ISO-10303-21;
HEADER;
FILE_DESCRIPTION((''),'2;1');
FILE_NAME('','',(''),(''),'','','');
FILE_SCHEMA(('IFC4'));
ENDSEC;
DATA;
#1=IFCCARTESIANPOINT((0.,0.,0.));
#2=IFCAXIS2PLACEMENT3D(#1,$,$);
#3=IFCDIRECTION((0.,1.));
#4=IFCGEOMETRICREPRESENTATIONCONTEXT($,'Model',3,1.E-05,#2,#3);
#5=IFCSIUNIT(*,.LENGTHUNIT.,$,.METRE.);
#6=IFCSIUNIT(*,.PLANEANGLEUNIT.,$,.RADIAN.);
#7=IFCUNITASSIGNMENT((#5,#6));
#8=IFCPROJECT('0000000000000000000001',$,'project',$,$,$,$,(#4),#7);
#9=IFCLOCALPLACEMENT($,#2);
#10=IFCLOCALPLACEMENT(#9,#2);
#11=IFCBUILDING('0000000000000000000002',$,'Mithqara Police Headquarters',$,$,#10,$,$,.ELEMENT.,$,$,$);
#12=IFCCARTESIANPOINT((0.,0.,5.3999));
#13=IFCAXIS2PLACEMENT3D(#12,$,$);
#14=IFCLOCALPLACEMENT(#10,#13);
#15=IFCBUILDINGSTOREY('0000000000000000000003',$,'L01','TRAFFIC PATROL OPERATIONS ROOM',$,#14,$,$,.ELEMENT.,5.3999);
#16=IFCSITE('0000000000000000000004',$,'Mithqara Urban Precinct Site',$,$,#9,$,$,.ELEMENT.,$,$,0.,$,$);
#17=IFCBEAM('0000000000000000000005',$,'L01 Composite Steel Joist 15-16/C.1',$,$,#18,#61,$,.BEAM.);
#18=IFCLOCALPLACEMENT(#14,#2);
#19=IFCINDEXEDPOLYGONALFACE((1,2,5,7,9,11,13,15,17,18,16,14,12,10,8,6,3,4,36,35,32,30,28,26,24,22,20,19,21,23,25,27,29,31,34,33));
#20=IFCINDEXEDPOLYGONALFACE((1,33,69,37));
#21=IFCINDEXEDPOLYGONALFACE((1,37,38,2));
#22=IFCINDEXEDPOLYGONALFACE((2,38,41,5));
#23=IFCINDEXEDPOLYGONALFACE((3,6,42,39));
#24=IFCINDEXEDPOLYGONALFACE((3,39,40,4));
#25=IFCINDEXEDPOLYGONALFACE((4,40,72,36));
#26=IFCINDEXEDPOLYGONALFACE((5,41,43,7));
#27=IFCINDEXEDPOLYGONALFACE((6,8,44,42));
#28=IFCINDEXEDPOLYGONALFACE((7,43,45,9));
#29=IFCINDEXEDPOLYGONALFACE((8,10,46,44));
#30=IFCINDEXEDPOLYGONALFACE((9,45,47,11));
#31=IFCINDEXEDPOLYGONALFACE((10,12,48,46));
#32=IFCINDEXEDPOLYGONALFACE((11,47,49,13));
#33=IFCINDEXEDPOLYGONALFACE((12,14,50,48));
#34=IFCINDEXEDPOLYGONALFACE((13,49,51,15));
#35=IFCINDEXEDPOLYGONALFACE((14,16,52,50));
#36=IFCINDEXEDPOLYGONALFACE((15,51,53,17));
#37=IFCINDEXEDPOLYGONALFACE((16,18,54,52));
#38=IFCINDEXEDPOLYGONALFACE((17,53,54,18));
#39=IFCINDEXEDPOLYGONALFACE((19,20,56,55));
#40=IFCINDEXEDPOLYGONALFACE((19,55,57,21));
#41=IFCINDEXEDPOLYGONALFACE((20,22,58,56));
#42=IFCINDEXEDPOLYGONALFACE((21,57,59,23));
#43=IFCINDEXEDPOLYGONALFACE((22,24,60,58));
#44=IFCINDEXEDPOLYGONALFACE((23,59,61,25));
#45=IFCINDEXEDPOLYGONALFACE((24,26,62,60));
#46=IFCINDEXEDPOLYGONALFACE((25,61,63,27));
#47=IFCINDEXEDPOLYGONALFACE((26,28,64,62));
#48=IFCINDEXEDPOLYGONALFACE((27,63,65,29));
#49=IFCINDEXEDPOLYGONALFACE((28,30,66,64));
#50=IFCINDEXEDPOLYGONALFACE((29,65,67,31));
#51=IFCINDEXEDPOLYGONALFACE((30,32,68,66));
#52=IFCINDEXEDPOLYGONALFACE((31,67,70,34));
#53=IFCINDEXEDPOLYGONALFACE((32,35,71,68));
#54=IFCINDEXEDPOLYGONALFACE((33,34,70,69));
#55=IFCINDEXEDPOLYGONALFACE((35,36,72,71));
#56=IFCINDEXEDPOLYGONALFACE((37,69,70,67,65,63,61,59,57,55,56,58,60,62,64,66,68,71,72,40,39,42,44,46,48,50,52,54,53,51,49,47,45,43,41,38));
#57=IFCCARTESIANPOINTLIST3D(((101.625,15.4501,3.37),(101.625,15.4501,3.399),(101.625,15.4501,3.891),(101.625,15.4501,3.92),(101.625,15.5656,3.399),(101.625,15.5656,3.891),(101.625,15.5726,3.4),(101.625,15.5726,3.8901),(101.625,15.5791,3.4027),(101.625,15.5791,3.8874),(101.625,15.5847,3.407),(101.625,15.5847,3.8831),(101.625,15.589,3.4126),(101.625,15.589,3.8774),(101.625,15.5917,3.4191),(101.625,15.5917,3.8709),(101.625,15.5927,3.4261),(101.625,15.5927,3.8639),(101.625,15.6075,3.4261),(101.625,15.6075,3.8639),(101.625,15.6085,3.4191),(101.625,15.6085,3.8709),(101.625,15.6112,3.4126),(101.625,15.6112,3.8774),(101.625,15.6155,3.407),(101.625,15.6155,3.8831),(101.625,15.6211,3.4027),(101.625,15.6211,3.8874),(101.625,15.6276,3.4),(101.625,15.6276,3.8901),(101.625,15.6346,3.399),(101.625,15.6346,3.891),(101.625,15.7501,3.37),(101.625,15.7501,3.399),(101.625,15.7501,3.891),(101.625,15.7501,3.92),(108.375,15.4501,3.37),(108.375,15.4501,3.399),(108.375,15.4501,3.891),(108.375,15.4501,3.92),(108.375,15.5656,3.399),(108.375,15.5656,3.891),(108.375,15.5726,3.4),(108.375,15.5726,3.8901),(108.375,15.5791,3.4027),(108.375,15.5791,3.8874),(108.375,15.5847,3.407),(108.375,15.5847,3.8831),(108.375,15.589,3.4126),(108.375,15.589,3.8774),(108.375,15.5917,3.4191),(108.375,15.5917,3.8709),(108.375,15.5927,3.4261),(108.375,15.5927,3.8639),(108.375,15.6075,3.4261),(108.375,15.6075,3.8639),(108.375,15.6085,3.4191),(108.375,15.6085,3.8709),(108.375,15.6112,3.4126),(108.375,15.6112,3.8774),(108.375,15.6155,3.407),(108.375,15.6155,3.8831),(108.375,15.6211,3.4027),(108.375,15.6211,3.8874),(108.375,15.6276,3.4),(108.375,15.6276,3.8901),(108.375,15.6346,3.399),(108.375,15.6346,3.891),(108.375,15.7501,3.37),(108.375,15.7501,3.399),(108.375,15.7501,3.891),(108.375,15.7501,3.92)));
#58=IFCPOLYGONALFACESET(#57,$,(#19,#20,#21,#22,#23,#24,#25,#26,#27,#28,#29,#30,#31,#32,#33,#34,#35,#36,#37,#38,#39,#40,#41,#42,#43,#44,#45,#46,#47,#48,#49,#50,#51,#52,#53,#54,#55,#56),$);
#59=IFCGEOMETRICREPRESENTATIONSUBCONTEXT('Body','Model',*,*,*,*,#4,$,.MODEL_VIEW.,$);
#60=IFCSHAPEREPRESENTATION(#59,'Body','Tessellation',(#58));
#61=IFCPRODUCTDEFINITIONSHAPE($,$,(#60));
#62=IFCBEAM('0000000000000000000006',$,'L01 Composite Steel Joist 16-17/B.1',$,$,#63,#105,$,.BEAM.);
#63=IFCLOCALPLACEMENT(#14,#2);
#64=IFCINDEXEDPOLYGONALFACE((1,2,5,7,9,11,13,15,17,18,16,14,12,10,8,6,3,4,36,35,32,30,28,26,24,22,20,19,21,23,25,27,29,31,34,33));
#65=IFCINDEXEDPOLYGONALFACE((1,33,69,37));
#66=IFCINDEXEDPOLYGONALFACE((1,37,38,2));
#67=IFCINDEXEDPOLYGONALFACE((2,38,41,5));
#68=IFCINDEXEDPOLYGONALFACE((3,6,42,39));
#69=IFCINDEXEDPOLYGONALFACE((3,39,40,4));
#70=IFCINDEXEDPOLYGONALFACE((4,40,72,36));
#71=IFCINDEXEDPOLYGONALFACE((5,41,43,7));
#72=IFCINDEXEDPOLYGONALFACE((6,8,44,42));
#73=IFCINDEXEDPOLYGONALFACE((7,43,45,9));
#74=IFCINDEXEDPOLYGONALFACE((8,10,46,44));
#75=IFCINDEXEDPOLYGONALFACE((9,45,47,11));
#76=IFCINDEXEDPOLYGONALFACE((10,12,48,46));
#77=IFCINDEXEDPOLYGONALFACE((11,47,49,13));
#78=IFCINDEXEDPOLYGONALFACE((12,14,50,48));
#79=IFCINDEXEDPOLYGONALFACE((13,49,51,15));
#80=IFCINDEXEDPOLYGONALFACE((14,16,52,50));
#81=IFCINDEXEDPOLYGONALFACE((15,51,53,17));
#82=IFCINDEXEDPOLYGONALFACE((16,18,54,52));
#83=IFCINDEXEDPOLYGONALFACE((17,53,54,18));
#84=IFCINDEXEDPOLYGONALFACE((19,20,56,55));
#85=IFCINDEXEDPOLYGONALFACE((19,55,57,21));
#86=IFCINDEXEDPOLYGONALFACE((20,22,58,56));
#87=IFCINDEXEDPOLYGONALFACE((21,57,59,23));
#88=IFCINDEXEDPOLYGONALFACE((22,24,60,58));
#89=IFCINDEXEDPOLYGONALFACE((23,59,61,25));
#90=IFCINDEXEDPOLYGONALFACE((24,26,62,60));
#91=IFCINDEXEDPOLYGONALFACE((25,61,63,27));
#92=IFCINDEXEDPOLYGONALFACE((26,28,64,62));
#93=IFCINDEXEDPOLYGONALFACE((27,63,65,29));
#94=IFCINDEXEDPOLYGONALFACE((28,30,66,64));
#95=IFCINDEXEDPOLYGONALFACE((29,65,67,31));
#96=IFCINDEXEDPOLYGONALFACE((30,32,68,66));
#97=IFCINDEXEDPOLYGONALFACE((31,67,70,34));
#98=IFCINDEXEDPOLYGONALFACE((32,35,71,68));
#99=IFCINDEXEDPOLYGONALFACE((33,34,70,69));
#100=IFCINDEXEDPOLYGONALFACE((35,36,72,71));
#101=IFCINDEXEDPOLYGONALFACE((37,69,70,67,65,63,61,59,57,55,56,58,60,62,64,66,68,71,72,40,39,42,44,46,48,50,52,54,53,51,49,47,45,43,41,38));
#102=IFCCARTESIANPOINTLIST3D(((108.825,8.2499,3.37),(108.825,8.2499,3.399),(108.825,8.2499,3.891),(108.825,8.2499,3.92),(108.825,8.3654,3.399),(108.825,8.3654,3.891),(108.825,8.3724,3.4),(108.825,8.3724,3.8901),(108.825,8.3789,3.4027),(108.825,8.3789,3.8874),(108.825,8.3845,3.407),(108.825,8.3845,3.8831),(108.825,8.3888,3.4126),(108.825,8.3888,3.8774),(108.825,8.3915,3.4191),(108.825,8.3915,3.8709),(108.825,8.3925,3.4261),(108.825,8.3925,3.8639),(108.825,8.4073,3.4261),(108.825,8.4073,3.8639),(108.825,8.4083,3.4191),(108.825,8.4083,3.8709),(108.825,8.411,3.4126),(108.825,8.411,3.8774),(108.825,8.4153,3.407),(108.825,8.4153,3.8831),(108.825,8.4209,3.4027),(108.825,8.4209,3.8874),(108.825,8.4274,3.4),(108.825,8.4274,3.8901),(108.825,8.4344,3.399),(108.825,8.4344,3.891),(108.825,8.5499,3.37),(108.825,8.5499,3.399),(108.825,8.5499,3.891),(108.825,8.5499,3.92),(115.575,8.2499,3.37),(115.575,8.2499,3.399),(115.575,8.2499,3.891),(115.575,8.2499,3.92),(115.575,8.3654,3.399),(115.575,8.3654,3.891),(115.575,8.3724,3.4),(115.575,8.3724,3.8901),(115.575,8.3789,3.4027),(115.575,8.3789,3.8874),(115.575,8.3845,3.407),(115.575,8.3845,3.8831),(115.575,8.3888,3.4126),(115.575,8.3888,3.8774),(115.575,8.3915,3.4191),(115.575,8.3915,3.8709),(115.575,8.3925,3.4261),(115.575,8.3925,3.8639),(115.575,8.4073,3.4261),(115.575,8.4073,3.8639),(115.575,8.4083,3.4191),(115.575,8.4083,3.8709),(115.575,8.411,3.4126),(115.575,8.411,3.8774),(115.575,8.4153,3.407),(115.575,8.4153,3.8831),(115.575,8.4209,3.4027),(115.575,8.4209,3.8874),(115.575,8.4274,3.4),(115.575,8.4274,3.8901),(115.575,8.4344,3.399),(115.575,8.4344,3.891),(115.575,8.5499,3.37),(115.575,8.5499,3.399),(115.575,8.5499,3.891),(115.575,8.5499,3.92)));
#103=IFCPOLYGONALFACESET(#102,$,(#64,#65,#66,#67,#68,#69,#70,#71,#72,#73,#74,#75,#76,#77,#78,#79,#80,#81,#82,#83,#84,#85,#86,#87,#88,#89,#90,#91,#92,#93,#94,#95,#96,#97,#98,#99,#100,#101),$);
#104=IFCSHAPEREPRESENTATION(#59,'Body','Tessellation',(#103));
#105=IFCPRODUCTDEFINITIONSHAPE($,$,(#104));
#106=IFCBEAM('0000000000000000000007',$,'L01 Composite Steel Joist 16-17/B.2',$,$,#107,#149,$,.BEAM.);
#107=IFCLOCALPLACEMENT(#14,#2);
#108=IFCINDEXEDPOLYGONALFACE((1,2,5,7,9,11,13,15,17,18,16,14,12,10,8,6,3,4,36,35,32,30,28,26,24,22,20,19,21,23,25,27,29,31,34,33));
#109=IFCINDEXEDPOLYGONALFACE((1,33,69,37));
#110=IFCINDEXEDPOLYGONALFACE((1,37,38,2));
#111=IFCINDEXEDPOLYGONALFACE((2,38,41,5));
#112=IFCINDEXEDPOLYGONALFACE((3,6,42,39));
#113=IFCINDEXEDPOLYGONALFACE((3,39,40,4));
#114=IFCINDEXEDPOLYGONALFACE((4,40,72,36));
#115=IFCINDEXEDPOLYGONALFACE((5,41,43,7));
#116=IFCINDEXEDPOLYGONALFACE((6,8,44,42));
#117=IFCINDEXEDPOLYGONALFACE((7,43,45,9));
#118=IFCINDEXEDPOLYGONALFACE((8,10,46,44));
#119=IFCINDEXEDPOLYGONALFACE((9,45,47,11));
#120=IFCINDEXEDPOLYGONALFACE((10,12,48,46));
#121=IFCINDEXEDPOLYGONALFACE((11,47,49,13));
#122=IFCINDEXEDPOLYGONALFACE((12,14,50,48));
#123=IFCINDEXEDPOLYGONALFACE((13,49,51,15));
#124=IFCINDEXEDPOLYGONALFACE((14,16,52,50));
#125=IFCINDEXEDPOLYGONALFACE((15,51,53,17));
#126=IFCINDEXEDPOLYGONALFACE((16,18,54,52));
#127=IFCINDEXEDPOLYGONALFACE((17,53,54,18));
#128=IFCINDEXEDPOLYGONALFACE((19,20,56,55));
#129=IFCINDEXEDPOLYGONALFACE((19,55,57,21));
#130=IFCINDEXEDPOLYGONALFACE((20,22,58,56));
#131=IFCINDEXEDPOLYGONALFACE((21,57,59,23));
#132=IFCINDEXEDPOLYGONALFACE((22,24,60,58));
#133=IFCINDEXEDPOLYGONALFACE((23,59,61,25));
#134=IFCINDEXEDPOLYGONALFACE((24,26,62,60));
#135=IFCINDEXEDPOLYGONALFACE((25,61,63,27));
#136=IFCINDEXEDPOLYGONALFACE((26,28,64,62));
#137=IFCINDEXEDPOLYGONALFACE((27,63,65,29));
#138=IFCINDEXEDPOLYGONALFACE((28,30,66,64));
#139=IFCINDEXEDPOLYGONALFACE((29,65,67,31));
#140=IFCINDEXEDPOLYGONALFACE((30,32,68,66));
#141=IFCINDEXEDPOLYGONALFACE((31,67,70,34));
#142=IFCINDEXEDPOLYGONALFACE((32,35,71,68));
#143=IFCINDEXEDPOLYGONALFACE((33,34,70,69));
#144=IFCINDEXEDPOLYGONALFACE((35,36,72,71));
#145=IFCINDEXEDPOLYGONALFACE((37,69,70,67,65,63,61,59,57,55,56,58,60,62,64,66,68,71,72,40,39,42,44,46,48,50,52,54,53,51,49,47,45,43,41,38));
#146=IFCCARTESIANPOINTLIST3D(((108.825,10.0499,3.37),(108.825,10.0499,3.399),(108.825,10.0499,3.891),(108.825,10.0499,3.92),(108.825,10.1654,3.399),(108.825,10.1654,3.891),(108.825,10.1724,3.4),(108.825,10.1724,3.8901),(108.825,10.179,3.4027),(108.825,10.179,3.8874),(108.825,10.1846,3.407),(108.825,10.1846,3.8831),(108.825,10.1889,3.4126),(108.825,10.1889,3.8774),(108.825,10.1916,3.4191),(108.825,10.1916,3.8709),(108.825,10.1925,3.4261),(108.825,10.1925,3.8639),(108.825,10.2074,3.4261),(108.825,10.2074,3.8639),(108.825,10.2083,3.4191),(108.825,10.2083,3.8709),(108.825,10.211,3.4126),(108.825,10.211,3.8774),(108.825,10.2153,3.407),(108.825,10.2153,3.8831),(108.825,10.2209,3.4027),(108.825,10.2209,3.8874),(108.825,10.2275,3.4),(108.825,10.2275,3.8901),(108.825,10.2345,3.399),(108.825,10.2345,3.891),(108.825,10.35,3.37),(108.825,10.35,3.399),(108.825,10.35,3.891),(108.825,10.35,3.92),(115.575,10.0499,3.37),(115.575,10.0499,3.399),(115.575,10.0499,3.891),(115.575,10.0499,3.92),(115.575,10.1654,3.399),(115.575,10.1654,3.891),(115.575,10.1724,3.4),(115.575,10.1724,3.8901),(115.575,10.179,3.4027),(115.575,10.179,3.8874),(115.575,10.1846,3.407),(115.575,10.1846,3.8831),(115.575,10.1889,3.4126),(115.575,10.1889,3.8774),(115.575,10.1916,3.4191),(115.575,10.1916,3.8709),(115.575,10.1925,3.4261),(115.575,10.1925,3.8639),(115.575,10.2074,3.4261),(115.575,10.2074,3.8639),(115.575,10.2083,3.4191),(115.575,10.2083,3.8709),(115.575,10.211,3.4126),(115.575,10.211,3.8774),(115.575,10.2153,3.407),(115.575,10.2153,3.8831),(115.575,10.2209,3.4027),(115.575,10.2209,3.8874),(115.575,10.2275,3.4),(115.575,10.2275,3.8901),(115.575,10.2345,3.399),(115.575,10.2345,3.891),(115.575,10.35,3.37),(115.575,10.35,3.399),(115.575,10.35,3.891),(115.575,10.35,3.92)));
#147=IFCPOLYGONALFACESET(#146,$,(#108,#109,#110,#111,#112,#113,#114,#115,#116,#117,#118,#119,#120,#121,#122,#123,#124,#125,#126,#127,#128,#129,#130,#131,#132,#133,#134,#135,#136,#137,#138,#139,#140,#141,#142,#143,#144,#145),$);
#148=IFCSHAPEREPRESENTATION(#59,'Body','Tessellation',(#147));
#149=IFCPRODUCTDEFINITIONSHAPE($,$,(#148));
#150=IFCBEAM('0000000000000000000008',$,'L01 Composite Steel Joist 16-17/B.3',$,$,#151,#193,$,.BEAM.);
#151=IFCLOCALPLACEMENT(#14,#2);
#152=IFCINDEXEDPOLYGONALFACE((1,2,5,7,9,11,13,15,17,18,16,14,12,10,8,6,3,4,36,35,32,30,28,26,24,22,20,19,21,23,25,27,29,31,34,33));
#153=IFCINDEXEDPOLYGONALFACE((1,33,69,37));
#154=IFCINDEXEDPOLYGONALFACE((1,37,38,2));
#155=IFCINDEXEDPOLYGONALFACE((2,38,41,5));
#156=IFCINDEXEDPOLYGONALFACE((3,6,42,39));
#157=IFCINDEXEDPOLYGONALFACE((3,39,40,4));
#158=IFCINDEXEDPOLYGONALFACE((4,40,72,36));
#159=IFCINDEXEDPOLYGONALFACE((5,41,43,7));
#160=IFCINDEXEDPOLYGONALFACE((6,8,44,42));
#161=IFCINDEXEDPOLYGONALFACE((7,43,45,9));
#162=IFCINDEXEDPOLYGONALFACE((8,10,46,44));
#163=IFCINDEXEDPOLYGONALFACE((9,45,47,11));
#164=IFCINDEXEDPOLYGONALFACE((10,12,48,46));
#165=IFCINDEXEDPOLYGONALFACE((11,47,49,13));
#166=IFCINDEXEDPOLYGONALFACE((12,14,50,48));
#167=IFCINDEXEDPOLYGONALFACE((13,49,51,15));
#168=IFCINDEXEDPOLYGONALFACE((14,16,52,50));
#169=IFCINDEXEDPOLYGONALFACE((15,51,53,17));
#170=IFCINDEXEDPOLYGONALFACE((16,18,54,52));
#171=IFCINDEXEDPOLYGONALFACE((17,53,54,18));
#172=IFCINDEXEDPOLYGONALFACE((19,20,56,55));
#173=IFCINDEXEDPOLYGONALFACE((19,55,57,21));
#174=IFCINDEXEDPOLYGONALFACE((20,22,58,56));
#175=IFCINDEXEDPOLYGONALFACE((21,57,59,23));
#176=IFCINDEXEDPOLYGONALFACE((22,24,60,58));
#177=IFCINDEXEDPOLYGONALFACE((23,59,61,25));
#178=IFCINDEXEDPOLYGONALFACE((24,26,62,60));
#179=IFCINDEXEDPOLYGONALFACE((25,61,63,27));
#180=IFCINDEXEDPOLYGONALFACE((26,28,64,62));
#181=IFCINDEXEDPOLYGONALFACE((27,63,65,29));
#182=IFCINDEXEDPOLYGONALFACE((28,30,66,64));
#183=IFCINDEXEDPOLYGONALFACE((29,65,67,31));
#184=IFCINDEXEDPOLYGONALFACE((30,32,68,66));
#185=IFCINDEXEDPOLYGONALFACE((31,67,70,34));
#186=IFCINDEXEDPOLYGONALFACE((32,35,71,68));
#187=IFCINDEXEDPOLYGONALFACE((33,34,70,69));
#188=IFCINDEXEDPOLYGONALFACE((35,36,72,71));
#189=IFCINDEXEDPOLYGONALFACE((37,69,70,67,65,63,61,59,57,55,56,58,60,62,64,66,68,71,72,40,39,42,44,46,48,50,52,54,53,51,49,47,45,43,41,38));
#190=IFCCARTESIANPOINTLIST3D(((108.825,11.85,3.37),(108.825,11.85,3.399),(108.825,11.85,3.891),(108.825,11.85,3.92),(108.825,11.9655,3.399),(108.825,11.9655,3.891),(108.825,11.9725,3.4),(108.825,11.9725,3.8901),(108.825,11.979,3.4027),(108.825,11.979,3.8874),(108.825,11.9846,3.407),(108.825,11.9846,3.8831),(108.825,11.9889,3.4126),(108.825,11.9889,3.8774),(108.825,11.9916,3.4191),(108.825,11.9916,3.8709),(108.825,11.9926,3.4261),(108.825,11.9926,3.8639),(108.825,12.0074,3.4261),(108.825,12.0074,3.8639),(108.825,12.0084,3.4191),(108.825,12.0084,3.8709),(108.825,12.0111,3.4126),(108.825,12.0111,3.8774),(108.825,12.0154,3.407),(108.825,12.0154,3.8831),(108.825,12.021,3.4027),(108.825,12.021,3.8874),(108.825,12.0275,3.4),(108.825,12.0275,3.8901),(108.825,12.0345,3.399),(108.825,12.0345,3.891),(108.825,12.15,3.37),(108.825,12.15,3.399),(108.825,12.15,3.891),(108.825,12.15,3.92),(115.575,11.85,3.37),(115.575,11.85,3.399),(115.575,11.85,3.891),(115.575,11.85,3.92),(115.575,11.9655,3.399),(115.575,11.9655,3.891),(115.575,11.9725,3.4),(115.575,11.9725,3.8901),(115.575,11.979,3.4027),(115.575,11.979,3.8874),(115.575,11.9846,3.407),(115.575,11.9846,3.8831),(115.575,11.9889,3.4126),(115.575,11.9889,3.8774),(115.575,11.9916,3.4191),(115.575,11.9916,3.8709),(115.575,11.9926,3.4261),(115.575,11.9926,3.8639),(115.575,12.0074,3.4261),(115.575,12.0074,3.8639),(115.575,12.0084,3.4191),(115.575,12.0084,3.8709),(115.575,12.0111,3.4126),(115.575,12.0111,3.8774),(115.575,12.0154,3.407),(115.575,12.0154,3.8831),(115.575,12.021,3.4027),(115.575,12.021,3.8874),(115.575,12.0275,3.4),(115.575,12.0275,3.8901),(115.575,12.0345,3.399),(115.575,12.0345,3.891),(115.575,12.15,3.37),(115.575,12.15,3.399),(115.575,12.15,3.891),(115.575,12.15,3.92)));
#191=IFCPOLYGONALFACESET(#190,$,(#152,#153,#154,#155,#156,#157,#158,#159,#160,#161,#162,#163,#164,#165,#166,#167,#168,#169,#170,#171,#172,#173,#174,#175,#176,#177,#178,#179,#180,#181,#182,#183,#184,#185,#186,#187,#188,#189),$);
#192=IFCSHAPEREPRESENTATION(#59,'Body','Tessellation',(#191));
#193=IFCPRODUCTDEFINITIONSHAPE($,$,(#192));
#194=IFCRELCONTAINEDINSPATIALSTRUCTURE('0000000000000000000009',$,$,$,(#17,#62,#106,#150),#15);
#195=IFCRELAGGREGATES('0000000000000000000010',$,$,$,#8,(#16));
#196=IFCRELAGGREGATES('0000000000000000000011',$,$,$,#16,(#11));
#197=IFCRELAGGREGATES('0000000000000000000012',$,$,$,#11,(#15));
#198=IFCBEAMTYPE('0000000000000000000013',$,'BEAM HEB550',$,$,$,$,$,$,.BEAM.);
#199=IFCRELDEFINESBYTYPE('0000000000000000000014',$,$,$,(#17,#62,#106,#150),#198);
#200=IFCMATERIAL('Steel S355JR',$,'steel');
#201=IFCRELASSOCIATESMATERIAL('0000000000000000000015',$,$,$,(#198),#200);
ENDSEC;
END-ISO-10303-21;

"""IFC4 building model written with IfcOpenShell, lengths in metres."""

from ifc_helpers import new_model, si_unit, direction, frame, origin, origin_2d, place, context, subcontext, project, spatial, i_section, extrude, material, material_profile, profile_set, type_object, element, save


model = new_model("IFC4")

# Units and contexts
model_context = context("Model", 3, precision=1e-05, world=origin(), true_north=direction((0.0, 1.0)))
body_context = subcontext(model_context, "Body", "Model", "MODEL_VIEW")
ifc_project = project(units=[si_unit("LENGTHUNIT", "METRE"), si_unit("PLANEANGLEUNIT", "RADIAN")], contexts=[model_context])

# Site, building, storey
site_placement = place(None, origin())
site = spatial("IfcSite", under=ifc_project, at=site_placement, Name="Mithqara Urban Precinct Site", CompositionType="ELEMENT", RefElevation=0.0)
building_placement = place(site_placement, origin())
building = spatial("IfcBuilding", under=site, at=building_placement, Name="Mithqara Police Headquarters", CompositionType="ELEMENT")
storey_placement = place(building_placement, frame((0.0, 0.0, 5.3999)))
storey = spatial("IfcBuildingStorey", under=building, at=storey_placement, Name="L01", Description="TRAFFIC PATROL OPERATIONS ROOM", CompositionType="ELEMENT", Elevation=5.3999)

# Beams
ifc_material_1 = material(Name="Steel S355JR", Category="steel")
ifc_material_profile_1 = material_profile(ifc_material_1, i_section(OverallWidth=0.3, OverallDepth=0.55, WebThickness=0.0149, FlangeThickness=0.0291, FilletRadius=0.0271, at=origin_2d()), Name="HEB 550")
ifc_profile_set_1 = profile_set([ifc_material_profile_1], Name="Steel S355JR")
beam_type_1 = type_object("IfcBeamType", Name="BEAM HEB550", PredefinedType="BEAM", material=ifc_profile_set_1)
for number, where, z_axis, x_axis, name in (
    (1, (101.625, 15.6001, 3.645), (1.0, 0.0, 0.0), (0.0, 1.0, 0.0), "L01 Composite Steel Joist 15-16/C.1"),
    (2, (108.825, 8.3999, 3.645), (1.0, 0.0, 0.0), (0.0, 1.0, 0.0), "L01 Composite Steel Joist 16-17/B.1"),
    (3, (108.825, 10.2, 3.645), (1.0, 0.0, 0.0), (0.0, 1.0, 0.0), "L01 Composite Steel Joist 16-17/B.2"),
    (4, (108.825, 12.0, 3.645), (1.0, 0.0, 0.0), (0.0, 1.0, 0.0), "L01 Composite Steel Joist 16-17/B.3"),
):
    element("IfcBeam", number, at=place(storey_placement, frame(where, z_axis=z_axis, x_axis=x_axis)), inside=storey, type_object=beam_type_1, Name=name, PredefinedType="BEAM", context=body_context, shape_type="SweptSolid", body=[
        extrude(i_section(OverallWidth=0.3, OverallDepth=0.55, WebThickness=0.0149, FlangeThickness=0.0291, FilletRadius=0.0271, at=origin_2d()), origin(), (0.0, 0.0, 1.0), 6.75),
    ])

save(model, "model.ifc")
